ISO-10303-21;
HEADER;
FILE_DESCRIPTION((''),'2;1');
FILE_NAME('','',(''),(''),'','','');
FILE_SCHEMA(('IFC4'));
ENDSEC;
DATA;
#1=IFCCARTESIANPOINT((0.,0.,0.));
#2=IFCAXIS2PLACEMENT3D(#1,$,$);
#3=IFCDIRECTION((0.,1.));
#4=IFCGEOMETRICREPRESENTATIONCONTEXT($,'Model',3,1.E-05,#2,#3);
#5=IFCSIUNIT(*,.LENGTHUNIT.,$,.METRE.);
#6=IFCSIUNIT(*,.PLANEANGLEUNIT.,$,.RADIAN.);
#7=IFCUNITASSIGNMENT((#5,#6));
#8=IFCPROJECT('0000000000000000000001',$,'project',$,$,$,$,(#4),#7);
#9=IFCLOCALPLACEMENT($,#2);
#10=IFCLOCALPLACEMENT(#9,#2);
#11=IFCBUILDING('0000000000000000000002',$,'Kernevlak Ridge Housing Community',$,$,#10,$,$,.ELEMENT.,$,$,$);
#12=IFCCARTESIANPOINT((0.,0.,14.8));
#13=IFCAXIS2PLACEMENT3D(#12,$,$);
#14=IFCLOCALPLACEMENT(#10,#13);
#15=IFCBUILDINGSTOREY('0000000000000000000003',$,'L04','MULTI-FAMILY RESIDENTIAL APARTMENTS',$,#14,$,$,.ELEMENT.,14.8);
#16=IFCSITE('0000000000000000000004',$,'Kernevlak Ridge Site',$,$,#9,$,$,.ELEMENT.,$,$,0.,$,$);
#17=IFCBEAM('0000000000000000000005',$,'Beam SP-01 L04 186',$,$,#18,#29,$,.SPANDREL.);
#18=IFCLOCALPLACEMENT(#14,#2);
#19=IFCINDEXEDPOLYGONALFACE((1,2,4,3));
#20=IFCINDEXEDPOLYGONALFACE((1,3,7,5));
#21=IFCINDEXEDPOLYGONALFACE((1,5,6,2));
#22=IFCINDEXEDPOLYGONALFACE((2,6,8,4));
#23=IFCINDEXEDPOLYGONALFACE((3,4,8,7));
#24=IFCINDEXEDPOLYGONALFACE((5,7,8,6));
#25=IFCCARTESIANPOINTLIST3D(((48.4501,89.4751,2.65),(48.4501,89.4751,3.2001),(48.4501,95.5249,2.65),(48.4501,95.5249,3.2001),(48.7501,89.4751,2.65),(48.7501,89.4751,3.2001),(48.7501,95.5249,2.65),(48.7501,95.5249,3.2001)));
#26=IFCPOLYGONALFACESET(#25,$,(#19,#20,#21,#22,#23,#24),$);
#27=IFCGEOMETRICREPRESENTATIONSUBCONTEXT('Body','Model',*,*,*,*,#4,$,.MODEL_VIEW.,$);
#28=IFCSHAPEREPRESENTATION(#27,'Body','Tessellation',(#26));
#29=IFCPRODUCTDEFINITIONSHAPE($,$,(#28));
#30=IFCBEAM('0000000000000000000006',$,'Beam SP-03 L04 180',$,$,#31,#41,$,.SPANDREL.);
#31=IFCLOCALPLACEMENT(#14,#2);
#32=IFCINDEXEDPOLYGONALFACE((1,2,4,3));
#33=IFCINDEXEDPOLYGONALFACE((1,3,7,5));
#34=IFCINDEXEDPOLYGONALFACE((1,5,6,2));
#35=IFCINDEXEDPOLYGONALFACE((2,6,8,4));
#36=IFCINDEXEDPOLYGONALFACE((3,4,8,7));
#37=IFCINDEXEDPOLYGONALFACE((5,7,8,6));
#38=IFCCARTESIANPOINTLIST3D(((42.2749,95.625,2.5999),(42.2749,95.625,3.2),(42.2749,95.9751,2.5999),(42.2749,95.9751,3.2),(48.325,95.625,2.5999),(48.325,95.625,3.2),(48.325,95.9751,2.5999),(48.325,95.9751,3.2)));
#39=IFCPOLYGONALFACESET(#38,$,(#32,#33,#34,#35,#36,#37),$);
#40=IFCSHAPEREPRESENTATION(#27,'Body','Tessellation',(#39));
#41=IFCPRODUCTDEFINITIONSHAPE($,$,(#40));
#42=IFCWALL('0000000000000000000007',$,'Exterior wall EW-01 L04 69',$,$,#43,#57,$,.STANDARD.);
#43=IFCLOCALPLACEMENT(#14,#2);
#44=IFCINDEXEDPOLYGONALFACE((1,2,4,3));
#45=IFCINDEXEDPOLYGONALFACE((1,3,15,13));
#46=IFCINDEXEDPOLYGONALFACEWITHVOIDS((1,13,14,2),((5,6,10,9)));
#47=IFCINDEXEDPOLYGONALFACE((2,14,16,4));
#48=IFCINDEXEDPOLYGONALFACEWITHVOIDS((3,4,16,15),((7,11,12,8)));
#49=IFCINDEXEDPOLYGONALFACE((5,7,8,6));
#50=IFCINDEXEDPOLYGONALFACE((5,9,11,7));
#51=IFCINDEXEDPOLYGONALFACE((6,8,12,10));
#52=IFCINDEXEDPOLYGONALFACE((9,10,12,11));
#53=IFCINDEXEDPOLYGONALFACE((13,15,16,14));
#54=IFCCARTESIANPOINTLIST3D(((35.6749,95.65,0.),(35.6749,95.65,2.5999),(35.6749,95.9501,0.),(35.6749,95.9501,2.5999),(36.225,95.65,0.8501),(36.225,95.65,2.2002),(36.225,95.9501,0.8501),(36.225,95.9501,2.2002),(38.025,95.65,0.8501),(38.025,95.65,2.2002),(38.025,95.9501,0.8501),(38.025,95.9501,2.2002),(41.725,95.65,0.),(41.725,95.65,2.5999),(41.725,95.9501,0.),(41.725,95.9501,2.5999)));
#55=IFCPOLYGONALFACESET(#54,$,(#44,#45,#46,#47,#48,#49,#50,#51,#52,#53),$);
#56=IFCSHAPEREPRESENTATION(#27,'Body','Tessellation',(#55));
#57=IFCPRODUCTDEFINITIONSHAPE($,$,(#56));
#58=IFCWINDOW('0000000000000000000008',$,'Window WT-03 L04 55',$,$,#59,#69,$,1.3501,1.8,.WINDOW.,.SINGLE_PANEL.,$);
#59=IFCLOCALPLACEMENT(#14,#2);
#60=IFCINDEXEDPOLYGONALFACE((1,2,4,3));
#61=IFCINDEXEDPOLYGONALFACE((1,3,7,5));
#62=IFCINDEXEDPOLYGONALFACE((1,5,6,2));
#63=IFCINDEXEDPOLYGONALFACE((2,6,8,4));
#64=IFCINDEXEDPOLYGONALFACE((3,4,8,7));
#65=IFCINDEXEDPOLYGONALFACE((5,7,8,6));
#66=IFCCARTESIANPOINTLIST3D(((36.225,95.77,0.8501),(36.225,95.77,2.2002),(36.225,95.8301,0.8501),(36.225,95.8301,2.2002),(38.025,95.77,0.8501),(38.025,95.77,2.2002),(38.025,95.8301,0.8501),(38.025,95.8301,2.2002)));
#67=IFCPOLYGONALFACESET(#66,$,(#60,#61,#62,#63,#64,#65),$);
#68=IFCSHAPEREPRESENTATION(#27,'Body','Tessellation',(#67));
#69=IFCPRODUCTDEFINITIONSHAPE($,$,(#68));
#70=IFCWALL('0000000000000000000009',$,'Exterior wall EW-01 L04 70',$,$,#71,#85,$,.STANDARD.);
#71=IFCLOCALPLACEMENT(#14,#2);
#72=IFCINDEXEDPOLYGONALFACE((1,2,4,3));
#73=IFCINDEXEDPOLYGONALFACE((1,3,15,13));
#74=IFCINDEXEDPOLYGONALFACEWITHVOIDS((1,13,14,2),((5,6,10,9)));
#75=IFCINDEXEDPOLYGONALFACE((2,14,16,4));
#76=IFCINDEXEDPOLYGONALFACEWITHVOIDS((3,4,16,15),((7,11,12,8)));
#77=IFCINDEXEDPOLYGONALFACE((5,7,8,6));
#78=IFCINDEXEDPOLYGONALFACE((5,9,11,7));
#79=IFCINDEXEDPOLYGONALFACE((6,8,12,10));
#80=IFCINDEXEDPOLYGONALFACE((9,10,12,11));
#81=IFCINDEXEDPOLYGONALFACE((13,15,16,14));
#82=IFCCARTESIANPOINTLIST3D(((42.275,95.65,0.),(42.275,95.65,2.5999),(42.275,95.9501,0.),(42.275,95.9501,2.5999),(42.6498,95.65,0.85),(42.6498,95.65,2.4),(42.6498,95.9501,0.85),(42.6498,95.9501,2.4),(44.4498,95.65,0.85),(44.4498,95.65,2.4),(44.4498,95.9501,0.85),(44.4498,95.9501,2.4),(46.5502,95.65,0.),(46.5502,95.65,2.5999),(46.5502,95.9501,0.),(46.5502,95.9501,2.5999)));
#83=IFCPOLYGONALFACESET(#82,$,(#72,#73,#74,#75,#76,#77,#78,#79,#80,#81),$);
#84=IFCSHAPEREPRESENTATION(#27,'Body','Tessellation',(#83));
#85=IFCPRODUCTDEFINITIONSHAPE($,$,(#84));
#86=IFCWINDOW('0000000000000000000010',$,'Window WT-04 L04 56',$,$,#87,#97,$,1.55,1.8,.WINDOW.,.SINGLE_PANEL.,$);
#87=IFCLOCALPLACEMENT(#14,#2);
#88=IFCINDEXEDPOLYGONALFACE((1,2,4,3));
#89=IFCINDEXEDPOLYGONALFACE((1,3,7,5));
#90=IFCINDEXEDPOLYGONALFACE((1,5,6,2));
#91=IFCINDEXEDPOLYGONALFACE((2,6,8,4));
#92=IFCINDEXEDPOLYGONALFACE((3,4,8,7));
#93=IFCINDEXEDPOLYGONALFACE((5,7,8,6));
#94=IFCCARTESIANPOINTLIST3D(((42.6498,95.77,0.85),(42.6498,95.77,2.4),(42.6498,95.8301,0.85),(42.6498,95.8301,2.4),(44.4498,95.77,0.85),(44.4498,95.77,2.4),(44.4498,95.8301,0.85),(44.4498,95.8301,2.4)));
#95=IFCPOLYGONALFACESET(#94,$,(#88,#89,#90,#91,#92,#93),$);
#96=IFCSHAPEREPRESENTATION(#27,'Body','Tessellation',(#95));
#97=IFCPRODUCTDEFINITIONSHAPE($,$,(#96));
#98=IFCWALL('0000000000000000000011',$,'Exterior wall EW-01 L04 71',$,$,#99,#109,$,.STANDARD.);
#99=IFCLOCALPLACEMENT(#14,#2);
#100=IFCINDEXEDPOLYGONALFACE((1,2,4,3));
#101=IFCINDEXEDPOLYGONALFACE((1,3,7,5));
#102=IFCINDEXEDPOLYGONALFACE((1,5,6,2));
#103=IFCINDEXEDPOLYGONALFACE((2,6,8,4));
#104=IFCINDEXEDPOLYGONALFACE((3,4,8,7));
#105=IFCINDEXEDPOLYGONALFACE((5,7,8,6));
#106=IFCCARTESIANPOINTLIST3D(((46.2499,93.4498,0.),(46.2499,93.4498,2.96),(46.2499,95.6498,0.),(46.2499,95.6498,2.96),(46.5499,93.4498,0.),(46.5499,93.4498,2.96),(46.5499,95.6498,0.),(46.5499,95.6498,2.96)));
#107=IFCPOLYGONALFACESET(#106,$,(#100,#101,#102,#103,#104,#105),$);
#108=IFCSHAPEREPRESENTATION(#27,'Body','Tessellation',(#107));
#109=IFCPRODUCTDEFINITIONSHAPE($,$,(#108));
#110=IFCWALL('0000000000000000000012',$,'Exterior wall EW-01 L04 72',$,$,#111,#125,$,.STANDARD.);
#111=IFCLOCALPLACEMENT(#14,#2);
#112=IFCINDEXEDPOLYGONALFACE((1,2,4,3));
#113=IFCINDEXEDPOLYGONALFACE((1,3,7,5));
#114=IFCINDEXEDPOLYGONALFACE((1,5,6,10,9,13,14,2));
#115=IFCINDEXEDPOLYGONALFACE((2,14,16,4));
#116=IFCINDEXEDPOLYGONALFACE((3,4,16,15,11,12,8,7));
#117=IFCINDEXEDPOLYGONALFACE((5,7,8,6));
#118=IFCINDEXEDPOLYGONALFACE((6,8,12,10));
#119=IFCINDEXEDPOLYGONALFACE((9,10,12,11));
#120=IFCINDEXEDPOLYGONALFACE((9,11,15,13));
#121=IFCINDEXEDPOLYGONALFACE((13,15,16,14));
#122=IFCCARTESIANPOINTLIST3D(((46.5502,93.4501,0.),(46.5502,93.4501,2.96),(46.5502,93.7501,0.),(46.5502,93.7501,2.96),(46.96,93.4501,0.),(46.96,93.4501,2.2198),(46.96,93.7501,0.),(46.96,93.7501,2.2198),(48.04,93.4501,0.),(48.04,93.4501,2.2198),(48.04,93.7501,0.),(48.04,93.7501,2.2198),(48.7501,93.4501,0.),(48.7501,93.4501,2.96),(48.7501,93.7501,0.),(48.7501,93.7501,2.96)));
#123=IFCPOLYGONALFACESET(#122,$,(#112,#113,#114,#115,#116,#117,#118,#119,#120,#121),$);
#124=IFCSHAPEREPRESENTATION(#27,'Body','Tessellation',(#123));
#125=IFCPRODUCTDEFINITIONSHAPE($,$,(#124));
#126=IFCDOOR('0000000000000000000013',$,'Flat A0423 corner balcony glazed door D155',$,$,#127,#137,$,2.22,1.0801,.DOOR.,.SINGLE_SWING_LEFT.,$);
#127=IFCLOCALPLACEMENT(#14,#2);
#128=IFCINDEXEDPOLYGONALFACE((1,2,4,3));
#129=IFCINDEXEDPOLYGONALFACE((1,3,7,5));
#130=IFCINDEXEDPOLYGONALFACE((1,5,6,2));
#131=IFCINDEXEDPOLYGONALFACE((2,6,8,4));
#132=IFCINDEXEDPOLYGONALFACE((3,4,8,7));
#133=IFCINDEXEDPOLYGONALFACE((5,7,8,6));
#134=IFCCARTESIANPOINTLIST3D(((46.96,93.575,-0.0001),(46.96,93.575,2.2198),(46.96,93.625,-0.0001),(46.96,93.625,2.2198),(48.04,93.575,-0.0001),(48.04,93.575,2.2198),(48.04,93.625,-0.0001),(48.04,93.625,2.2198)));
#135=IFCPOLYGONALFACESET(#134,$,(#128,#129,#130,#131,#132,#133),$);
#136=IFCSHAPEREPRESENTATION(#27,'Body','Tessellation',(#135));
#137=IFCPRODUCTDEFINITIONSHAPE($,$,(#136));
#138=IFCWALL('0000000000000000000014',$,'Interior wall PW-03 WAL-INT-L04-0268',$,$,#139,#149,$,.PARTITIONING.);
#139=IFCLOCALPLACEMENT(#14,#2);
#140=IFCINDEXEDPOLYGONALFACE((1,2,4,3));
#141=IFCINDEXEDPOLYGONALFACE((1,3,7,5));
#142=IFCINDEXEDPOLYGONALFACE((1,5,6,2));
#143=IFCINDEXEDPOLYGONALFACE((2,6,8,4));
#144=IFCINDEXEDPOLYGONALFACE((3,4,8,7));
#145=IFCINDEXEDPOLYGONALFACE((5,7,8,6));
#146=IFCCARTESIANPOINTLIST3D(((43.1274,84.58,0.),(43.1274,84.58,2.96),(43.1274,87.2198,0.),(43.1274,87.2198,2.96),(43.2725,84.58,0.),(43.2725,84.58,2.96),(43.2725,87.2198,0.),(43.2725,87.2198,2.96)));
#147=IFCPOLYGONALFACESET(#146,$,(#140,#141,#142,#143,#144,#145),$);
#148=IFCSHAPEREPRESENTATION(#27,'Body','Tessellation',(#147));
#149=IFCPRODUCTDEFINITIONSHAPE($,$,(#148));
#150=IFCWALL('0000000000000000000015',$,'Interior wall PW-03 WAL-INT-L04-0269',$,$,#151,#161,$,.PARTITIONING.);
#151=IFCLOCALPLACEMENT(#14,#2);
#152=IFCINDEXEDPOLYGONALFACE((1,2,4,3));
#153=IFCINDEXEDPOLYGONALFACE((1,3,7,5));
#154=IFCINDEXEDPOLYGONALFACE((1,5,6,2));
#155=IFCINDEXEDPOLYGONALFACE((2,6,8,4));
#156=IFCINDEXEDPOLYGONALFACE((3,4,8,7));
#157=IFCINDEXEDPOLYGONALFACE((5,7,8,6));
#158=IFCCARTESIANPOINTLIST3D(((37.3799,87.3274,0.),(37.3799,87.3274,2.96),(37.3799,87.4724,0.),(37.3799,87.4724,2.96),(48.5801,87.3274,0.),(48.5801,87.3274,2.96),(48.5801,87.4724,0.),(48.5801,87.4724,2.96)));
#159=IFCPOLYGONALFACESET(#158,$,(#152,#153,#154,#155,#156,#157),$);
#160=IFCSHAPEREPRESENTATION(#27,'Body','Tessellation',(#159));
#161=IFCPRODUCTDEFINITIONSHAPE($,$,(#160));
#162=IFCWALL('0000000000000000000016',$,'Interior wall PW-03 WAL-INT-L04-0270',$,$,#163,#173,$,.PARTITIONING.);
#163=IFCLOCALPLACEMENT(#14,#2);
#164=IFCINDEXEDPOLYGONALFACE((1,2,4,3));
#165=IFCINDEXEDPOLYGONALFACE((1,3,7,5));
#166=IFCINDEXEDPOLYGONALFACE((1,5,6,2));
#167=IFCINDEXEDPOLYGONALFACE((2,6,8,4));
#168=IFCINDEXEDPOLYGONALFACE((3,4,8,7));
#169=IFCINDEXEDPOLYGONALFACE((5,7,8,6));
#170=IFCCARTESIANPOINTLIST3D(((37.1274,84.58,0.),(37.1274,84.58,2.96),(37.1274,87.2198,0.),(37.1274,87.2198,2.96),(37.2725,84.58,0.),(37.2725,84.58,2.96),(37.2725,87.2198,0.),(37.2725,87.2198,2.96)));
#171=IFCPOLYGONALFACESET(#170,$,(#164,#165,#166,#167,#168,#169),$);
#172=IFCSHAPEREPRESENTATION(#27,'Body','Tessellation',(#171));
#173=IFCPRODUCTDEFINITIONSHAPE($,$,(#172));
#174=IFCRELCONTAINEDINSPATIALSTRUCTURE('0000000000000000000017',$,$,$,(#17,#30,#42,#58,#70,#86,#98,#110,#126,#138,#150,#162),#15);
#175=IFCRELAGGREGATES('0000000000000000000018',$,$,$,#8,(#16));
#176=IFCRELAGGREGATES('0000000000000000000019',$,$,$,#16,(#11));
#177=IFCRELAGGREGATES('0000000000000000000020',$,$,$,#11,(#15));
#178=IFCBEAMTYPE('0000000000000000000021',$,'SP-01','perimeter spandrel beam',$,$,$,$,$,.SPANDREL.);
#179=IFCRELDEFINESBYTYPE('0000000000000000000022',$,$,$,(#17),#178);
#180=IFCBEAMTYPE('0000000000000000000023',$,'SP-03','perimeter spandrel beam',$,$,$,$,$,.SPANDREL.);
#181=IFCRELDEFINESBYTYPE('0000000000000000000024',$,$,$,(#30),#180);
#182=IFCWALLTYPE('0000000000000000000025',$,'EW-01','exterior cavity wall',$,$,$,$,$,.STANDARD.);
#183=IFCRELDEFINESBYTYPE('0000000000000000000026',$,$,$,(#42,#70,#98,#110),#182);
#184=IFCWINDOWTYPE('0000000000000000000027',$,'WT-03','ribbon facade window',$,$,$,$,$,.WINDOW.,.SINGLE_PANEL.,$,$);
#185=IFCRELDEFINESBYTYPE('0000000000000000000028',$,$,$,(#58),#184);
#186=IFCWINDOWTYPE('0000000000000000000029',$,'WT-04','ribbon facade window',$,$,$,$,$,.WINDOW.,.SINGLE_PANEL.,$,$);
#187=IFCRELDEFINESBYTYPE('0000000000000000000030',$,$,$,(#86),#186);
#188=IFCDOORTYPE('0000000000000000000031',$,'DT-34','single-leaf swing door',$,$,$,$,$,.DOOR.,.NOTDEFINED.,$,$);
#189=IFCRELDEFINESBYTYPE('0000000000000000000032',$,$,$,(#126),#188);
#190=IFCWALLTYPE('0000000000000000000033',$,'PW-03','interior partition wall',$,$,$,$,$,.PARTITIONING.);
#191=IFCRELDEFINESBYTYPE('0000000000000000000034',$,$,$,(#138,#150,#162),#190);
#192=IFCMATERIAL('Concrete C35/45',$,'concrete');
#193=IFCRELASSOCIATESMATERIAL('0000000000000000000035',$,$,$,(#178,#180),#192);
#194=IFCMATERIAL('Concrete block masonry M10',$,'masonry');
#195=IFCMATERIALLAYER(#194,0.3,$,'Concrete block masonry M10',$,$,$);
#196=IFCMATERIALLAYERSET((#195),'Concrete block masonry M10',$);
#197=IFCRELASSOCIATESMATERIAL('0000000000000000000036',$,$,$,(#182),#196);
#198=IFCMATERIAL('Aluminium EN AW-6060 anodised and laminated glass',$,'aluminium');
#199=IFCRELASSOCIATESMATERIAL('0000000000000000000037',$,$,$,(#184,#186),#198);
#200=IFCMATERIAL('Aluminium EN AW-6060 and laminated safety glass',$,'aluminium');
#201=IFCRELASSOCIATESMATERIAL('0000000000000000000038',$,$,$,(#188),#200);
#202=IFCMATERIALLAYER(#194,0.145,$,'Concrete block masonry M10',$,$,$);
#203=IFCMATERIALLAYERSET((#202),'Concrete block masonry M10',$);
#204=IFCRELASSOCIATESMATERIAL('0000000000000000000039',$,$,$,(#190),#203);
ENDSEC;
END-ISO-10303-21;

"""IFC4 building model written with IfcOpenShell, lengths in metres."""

from ifc_helpers import new_model, si_unit, direction, frame, frame_2d, origin, origin_2d, place, context, subcontext, project, spatial, rectangle, extrude, material, layer, layer_set, material_profile, profile_set, type_object, element, fill, save


model = new_model("IFC4")

# Units and contexts
model_context = context("Model", 3, precision=1e-05, world=origin(), true_north=direction((0.0, 1.0)))
body_context = subcontext(model_context, "Body", "Model", "MODEL_VIEW")
ifc_project = project(units=[si_unit("LENGTHUNIT", "METRE"), si_unit("PLANEANGLEUNIT", "RADIAN")], contexts=[model_context])

# Site, building, storey
site_placement = place(None, origin())
site = spatial("IfcSite", under=ifc_project, at=site_placement, Name="Kernevlak Ridge Site", CompositionType="ELEMENT", RefElevation=0.0)
building_placement = place(site_placement, origin())
building = spatial("IfcBuilding", under=site, at=building_placement, Name="Kernevlak Ridge Housing Community", CompositionType="ELEMENT")
storey_placement = place(building_placement, frame((0.0, 0.0, 14.8)))
storey = spatial("IfcBuildingStorey", under=building, at=storey_placement, Name="L04", Description="MULTI-FAMILY RESIDENTIAL APARTMENTS", CompositionType="ELEMENT", Elevation=14.8)

# Shared definitions
ifc_material_1 = material(Name="Concrete C35/45", Category="concrete")

# Shared definitions
ifc_material_2 = material(Name="Aluminium EN AW-6060 anodised and laminated glass", Category="aluminium")

# Beams
ifc_material_profile_1 = material_profile(ifc_material_1, rectangle(XDim=0.3, YDim=0.55, at=origin_2d()), Name="RC 300x550")
ifc_profile_set_1 = profile_set([ifc_material_profile_1], Name="Concrete C35/45")
beam_type_1 = type_object("IfcBeamType", Name="SP-01", Description="perimeter spandrel beam", PredefinedType="SPANDREL", material=ifc_profile_set_1)
beam_1_placement = place(storey_placement, frame((48.6001, 89.4751, 2.925), z_axis=(0.0, 1.0, 0.0), x_axis=(-1.0, 0.0, 0.0)))
element("IfcBeam", 1, at=beam_1_placement, inside=storey, type_object=beam_type_1, Name="Beam SP-01 L04 186", PredefinedType="SPANDREL", context=body_context, shape_type="SweptSolid", body=[
    extrude(rectangle(XDim=0.3, YDim=0.55, at=origin_2d()), origin(), (0.0, 0.0, 1.0), 6.0498),
])
ifc_material_profile_2 = material_profile(ifc_material_1, rectangle(XDim=0.3501, YDim=0.6001, at=origin_2d()), Name="RC 350x600")
ifc_profile_set_2 = profile_set([ifc_material_profile_2], Name="Concrete C35/45")
beam_type_2 = type_object("IfcBeamType", Name="SP-03", Description="perimeter spandrel beam", PredefinedType="SPANDREL", material=ifc_profile_set_2)
beam_2_placement = place(storey_placement, frame((42.2749, 95.8, 2.8999), z_axis=(1.0, 0.0, 0.0), x_axis=(0.0, 1.0, 0.0)))
element("IfcBeam", 2, at=beam_2_placement, inside=storey, type_object=beam_type_2, Name="Beam SP-03 L04 180", PredefinedType="SPANDREL", context=body_context, shape_type="SweptSolid", body=[
    extrude(rectangle(XDim=0.3501, YDim=0.6001, at=origin_2d()), origin(), (0.0, 0.0, 1.0), 6.05),
])

# Walls, openings, windows
ifc_material_3 = material(Name="Concrete block masonry M10", Category="masonry")
ifc_layer_1 = layer(ifc_material_3, 0.3, Name="Concrete block masonry M10")
ifc_layer_set_1 = layer_set([ifc_layer_1], Name="Concrete block masonry M10")
wall_type_1 = type_object("IfcWallType", Name="EW-01", Description="exterior cavity wall", PredefinedType="STANDARD", material=ifc_layer_set_1)
wall_1_placement = place(storey_placement, frame((35.675, 95.8, 0.0), z_axis=(0.0, 0.0, 1.0), x_axis=(1.0, 0.0, 0.0)))
wall_1 = element("IfcWall", 3, at=wall_1_placement, inside=storey, type_object=wall_type_1, Name="Exterior wall EW-01 L04 69", PredefinedType="STANDARD", context=body_context, shape_type="SweptSolid", body=[
    extrude(rectangle(XDim=6.05, YDim=0.3, at=frame_2d((3.0249, 0.0))), origin(), (0.0, 0.0, 1.0), 2.5999),
])
opening_1_placement = place(wall_1_placement, frame((0.55, 0.0, 0.8501)))
opening_1 = element("IfcOpeningElement", 4, at=opening_1_placement, cuts=wall_1, PredefinedType="OPENING", context=body_context, shape_type="SweptSolid", body=[
    extrude(rectangle(XDim=1.8, YDim=1.3501, at=frame_2d((0.8999, 0.675))), frame((0.0, 0.1599, 0.0), z_axis=(0.0, -1.0, 0.0), x_axis=(1.0, 0.0, 0.0)), (0.0, 0.0, 1.0), 0.3201),
])
window_type_1 = type_object("IfcWindowType", Name="WT-03", Description="ribbon facade window", PartitioningType="SINGLE_PANEL", PredefinedType="WINDOW", material=ifc_material_2)
window_1_placement = place(opening_1_placement, origin())
window_1 = element("IfcWindow", 5, at=window_1_placement, inside=storey, type_object=window_type_1, Name="Window WT-03 L04 55", OverallHeight=1.3501, OverallWidth=1.8, PartitioningType="SINGLE_PANEL", PredefinedType="WINDOW", context=body_context, shape_type="SweptSolid", body=[
    extrude(rectangle(XDim=1.8, YDim=1.3501, at=frame_2d((0.8999, 0.675))), frame((0.0, 0.03, 0.0), z_axis=(0.0, -1.0, 0.0), x_axis=(1.0, 0.0, 0.0)), (0.0, 0.0, 1.0), 0.0601),
])
fill(opening_1, window_1)
wall_2_placement = place(storey_placement, frame((42.2749, 95.8, 0.0), z_axis=(0.0, 0.0, 1.0), x_axis=(1.0, 0.0, 0.0)))
wall_2 = element("IfcWall", 6, at=wall_2_placement, inside=storey, type_object=wall_type_1, Name="Exterior wall EW-01 L04 70", PredefinedType="STANDARD", context=body_context, shape_type="SweptSolid", body=[
    extrude(rectangle(XDim=4.2751, YDim=0.3, at=frame_2d((2.1377, 0.0))), origin(), (0.0, 0.0, 1.0), 2.5999),
])
opening_2_placement = place(wall_2_placement, frame((0.375, 0.0, 0.8501)))
opening_2 = element("IfcOpeningElement", 7, at=opening_2_placement, cuts=wall_2, PredefinedType="OPENING", context=body_context, shape_type="SweptSolid", body=[
    extrude(rectangle(XDim=1.8, YDim=1.55, at=frame_2d((0.8999, 0.7749))), frame((0.0, 0.1599, 0.0), z_axis=(0.0, -1.0, 0.0), x_axis=(1.0, 0.0, 0.0)), (0.0, 0.0, 1.0), 0.3201),
])
window_type_2 = type_object("IfcWindowType", Name="WT-04", Description="ribbon facade window", PartitioningType="SINGLE_PANEL", PredefinedType="WINDOW", material=ifc_material_2)
window_2_placement = place(opening_2_placement, origin())
window_2 = element("IfcWindow", 8, at=window_2_placement, inside=storey, type_object=window_type_2, Name="Window WT-04 L04 56", OverallHeight=1.55, OverallWidth=1.8, PartitioningType="SINGLE_PANEL", PredefinedType="WINDOW", context=body_context, shape_type="SweptSolid", body=[
    extrude(rectangle(XDim=1.8, YDim=1.55, at=frame_2d((0.8999, 0.7749))), frame((0.0, 0.03, 0.0), z_axis=(0.0, -1.0, 0.0), x_axis=(1.0, 0.0, 0.0)), (0.0, 0.0, 1.0), 0.0601),
])
fill(opening_2, window_2)

# Wall
wall_3_placement = place(storey_placement, frame((46.3999, 95.6499, 0.0), z_axis=(0.0, 0.0, 1.0), x_axis=(0.0, -1.0, 0.0)))
element("IfcWall", 9, at=wall_3_placement, inside=storey, type_object=wall_type_1, Name="Exterior wall EW-01 L04 71", PredefinedType="STANDARD", context=body_context, shape_type="SweptSolid", body=[
    extrude(rectangle(XDim=2.2, YDim=0.3, at=frame_2d((1.1001, 0.0))), origin(), (0.0, 0.0, 1.0), 2.96),
])

# Wall, opening, door
wall_4_placement = place(storey_placement, frame((46.55, 93.6001, 0.0), z_axis=(0.0, 0.0, 1.0), x_axis=(1.0, 0.0, 0.0)))
wall_4 = element("IfcWall", 10, at=wall_4_placement, inside=storey, type_object=wall_type_1, Name="Exterior wall EW-01 L04 72", PredefinedType="STANDARD", context=body_context, shape_type="SweptSolid", body=[
    extrude(rectangle(XDim=2.2, YDim=0.3, at=frame_2d((1.1001, 0.0))), origin(), (0.0, 0.0, 1.0), 2.96),
])
opening_3_placement = place(wall_4_placement, frame((0.4099, 0.0, 0.0)))
opening_3 = element("IfcOpeningElement", 11, at=opening_3_placement, cuts=wall_4, PredefinedType="OPENING", context=body_context, shape_type="SweptSolid", body=[
    extrude(rectangle(XDim=1.0801, YDim=2.22, at=frame_2d((0.54, 1.1099))), frame((0.0, 0.1599, 0.0), z_axis=(0.0, -1.0, 0.0), x_axis=(1.0, 0.0, 0.0)), (0.0, 0.0, 1.0), 0.3201),
])
ifc_material_4 = material(Name="Aluminium EN AW-6060 and laminated safety glass", Category="aluminium")
door_type_1 = type_object("IfcDoorType", Name="DT-34", Description="single-leaf swing door", OperationType="NOTDEFINED", PredefinedType="DOOR", material=ifc_material_4)
door_1_placement = place(opening_3_placement, origin())
door_1 = element("IfcDoor", 12, at=door_1_placement, inside=storey, type_object=door_type_1, Name="Flat A0423 corner balcony glazed door D155", OperationType="SINGLE_SWING_LEFT", OverallHeight=2.22, OverallWidth=1.0801, PredefinedType="DOOR", context=body_context, shape_type="SweptSolid", body=[
    extrude(rectangle(XDim=1.0801, YDim=2.22, at=frame_2d((0.54, 1.1099))), frame((0.0, 0.0249, 0.0), z_axis=(0.0, -1.0, 0.0), x_axis=(1.0, 0.0, 0.0)), (0.0, 0.0, 1.0), 0.05),
])
fill(opening_3, door_1)

# Walls
ifc_layer_2 = layer(ifc_material_3, 0.145, Name="Concrete block masonry M10")
ifc_layer_set_2 = layer_set([ifc_layer_2], Name="Concrete block masonry M10")
wall_type_2 = type_object("IfcWallType", Name="PW-03", Description="interior partition wall", PredefinedType="PARTITIONING", material=ifc_layer_set_2)
wall_5_placement = place(storey_placement, frame((43.2, 84.5801, 0.0), z_axis=(0.0, 0.0, 1.0), x_axis=(0.0, 1.0, 0.0)))
element("IfcWall", 13, at=wall_5_placement, inside=storey, type_object=wall_type_2, Name="Interior wall PW-03 WAL-INT-L04-0268", PredefinedType="PARTITIONING", context=body_context, shape_type="SweptSolid", body=[
    extrude(rectangle(XDim=2.6399, YDim=0.145, at=frame_2d((1.3198, 0.0))), origin(), (0.0, 0.0, 1.0), 2.96),
])
wall_6_placement = place(storey_placement, frame((37.3799, 87.3999, 0.0), z_axis=(0.0, 0.0, 1.0), x_axis=(1.0, 0.0, 0.0)))
element("IfcWall", 14, at=wall_6_placement, inside=storey, type_object=wall_type_2, Name="Interior wall PW-03 WAL-INT-L04-0269", PredefinedType="PARTITIONING", context=body_context, shape_type="SweptSolid", body=[
    extrude(rectangle(XDim=11.2002, YDim=0.145, at=frame_2d((5.6001, 0.0))), origin(), (0.0, 0.0, 1.0), 2.96),
])
wall_7_placement = place(storey_placement, frame((37.2, 84.5801, 0.0), z_axis=(0.0, 0.0, 1.0), x_axis=(0.0, 1.0, 0.0)))
element("IfcWall", 15, at=wall_7_placement, inside=storey, type_object=wall_type_2, Name="Interior wall PW-03 WAL-INT-L04-0270", PredefinedType="PARTITIONING", context=body_context, shape_type="SweptSolid", body=[
    extrude(rectangle(XDim=2.6399, YDim=0.145, at=frame_2d((1.3198, 0.0))), origin(), (0.0, 0.0, 1.0), 2.96),
])

save(model, "model.ifc")
